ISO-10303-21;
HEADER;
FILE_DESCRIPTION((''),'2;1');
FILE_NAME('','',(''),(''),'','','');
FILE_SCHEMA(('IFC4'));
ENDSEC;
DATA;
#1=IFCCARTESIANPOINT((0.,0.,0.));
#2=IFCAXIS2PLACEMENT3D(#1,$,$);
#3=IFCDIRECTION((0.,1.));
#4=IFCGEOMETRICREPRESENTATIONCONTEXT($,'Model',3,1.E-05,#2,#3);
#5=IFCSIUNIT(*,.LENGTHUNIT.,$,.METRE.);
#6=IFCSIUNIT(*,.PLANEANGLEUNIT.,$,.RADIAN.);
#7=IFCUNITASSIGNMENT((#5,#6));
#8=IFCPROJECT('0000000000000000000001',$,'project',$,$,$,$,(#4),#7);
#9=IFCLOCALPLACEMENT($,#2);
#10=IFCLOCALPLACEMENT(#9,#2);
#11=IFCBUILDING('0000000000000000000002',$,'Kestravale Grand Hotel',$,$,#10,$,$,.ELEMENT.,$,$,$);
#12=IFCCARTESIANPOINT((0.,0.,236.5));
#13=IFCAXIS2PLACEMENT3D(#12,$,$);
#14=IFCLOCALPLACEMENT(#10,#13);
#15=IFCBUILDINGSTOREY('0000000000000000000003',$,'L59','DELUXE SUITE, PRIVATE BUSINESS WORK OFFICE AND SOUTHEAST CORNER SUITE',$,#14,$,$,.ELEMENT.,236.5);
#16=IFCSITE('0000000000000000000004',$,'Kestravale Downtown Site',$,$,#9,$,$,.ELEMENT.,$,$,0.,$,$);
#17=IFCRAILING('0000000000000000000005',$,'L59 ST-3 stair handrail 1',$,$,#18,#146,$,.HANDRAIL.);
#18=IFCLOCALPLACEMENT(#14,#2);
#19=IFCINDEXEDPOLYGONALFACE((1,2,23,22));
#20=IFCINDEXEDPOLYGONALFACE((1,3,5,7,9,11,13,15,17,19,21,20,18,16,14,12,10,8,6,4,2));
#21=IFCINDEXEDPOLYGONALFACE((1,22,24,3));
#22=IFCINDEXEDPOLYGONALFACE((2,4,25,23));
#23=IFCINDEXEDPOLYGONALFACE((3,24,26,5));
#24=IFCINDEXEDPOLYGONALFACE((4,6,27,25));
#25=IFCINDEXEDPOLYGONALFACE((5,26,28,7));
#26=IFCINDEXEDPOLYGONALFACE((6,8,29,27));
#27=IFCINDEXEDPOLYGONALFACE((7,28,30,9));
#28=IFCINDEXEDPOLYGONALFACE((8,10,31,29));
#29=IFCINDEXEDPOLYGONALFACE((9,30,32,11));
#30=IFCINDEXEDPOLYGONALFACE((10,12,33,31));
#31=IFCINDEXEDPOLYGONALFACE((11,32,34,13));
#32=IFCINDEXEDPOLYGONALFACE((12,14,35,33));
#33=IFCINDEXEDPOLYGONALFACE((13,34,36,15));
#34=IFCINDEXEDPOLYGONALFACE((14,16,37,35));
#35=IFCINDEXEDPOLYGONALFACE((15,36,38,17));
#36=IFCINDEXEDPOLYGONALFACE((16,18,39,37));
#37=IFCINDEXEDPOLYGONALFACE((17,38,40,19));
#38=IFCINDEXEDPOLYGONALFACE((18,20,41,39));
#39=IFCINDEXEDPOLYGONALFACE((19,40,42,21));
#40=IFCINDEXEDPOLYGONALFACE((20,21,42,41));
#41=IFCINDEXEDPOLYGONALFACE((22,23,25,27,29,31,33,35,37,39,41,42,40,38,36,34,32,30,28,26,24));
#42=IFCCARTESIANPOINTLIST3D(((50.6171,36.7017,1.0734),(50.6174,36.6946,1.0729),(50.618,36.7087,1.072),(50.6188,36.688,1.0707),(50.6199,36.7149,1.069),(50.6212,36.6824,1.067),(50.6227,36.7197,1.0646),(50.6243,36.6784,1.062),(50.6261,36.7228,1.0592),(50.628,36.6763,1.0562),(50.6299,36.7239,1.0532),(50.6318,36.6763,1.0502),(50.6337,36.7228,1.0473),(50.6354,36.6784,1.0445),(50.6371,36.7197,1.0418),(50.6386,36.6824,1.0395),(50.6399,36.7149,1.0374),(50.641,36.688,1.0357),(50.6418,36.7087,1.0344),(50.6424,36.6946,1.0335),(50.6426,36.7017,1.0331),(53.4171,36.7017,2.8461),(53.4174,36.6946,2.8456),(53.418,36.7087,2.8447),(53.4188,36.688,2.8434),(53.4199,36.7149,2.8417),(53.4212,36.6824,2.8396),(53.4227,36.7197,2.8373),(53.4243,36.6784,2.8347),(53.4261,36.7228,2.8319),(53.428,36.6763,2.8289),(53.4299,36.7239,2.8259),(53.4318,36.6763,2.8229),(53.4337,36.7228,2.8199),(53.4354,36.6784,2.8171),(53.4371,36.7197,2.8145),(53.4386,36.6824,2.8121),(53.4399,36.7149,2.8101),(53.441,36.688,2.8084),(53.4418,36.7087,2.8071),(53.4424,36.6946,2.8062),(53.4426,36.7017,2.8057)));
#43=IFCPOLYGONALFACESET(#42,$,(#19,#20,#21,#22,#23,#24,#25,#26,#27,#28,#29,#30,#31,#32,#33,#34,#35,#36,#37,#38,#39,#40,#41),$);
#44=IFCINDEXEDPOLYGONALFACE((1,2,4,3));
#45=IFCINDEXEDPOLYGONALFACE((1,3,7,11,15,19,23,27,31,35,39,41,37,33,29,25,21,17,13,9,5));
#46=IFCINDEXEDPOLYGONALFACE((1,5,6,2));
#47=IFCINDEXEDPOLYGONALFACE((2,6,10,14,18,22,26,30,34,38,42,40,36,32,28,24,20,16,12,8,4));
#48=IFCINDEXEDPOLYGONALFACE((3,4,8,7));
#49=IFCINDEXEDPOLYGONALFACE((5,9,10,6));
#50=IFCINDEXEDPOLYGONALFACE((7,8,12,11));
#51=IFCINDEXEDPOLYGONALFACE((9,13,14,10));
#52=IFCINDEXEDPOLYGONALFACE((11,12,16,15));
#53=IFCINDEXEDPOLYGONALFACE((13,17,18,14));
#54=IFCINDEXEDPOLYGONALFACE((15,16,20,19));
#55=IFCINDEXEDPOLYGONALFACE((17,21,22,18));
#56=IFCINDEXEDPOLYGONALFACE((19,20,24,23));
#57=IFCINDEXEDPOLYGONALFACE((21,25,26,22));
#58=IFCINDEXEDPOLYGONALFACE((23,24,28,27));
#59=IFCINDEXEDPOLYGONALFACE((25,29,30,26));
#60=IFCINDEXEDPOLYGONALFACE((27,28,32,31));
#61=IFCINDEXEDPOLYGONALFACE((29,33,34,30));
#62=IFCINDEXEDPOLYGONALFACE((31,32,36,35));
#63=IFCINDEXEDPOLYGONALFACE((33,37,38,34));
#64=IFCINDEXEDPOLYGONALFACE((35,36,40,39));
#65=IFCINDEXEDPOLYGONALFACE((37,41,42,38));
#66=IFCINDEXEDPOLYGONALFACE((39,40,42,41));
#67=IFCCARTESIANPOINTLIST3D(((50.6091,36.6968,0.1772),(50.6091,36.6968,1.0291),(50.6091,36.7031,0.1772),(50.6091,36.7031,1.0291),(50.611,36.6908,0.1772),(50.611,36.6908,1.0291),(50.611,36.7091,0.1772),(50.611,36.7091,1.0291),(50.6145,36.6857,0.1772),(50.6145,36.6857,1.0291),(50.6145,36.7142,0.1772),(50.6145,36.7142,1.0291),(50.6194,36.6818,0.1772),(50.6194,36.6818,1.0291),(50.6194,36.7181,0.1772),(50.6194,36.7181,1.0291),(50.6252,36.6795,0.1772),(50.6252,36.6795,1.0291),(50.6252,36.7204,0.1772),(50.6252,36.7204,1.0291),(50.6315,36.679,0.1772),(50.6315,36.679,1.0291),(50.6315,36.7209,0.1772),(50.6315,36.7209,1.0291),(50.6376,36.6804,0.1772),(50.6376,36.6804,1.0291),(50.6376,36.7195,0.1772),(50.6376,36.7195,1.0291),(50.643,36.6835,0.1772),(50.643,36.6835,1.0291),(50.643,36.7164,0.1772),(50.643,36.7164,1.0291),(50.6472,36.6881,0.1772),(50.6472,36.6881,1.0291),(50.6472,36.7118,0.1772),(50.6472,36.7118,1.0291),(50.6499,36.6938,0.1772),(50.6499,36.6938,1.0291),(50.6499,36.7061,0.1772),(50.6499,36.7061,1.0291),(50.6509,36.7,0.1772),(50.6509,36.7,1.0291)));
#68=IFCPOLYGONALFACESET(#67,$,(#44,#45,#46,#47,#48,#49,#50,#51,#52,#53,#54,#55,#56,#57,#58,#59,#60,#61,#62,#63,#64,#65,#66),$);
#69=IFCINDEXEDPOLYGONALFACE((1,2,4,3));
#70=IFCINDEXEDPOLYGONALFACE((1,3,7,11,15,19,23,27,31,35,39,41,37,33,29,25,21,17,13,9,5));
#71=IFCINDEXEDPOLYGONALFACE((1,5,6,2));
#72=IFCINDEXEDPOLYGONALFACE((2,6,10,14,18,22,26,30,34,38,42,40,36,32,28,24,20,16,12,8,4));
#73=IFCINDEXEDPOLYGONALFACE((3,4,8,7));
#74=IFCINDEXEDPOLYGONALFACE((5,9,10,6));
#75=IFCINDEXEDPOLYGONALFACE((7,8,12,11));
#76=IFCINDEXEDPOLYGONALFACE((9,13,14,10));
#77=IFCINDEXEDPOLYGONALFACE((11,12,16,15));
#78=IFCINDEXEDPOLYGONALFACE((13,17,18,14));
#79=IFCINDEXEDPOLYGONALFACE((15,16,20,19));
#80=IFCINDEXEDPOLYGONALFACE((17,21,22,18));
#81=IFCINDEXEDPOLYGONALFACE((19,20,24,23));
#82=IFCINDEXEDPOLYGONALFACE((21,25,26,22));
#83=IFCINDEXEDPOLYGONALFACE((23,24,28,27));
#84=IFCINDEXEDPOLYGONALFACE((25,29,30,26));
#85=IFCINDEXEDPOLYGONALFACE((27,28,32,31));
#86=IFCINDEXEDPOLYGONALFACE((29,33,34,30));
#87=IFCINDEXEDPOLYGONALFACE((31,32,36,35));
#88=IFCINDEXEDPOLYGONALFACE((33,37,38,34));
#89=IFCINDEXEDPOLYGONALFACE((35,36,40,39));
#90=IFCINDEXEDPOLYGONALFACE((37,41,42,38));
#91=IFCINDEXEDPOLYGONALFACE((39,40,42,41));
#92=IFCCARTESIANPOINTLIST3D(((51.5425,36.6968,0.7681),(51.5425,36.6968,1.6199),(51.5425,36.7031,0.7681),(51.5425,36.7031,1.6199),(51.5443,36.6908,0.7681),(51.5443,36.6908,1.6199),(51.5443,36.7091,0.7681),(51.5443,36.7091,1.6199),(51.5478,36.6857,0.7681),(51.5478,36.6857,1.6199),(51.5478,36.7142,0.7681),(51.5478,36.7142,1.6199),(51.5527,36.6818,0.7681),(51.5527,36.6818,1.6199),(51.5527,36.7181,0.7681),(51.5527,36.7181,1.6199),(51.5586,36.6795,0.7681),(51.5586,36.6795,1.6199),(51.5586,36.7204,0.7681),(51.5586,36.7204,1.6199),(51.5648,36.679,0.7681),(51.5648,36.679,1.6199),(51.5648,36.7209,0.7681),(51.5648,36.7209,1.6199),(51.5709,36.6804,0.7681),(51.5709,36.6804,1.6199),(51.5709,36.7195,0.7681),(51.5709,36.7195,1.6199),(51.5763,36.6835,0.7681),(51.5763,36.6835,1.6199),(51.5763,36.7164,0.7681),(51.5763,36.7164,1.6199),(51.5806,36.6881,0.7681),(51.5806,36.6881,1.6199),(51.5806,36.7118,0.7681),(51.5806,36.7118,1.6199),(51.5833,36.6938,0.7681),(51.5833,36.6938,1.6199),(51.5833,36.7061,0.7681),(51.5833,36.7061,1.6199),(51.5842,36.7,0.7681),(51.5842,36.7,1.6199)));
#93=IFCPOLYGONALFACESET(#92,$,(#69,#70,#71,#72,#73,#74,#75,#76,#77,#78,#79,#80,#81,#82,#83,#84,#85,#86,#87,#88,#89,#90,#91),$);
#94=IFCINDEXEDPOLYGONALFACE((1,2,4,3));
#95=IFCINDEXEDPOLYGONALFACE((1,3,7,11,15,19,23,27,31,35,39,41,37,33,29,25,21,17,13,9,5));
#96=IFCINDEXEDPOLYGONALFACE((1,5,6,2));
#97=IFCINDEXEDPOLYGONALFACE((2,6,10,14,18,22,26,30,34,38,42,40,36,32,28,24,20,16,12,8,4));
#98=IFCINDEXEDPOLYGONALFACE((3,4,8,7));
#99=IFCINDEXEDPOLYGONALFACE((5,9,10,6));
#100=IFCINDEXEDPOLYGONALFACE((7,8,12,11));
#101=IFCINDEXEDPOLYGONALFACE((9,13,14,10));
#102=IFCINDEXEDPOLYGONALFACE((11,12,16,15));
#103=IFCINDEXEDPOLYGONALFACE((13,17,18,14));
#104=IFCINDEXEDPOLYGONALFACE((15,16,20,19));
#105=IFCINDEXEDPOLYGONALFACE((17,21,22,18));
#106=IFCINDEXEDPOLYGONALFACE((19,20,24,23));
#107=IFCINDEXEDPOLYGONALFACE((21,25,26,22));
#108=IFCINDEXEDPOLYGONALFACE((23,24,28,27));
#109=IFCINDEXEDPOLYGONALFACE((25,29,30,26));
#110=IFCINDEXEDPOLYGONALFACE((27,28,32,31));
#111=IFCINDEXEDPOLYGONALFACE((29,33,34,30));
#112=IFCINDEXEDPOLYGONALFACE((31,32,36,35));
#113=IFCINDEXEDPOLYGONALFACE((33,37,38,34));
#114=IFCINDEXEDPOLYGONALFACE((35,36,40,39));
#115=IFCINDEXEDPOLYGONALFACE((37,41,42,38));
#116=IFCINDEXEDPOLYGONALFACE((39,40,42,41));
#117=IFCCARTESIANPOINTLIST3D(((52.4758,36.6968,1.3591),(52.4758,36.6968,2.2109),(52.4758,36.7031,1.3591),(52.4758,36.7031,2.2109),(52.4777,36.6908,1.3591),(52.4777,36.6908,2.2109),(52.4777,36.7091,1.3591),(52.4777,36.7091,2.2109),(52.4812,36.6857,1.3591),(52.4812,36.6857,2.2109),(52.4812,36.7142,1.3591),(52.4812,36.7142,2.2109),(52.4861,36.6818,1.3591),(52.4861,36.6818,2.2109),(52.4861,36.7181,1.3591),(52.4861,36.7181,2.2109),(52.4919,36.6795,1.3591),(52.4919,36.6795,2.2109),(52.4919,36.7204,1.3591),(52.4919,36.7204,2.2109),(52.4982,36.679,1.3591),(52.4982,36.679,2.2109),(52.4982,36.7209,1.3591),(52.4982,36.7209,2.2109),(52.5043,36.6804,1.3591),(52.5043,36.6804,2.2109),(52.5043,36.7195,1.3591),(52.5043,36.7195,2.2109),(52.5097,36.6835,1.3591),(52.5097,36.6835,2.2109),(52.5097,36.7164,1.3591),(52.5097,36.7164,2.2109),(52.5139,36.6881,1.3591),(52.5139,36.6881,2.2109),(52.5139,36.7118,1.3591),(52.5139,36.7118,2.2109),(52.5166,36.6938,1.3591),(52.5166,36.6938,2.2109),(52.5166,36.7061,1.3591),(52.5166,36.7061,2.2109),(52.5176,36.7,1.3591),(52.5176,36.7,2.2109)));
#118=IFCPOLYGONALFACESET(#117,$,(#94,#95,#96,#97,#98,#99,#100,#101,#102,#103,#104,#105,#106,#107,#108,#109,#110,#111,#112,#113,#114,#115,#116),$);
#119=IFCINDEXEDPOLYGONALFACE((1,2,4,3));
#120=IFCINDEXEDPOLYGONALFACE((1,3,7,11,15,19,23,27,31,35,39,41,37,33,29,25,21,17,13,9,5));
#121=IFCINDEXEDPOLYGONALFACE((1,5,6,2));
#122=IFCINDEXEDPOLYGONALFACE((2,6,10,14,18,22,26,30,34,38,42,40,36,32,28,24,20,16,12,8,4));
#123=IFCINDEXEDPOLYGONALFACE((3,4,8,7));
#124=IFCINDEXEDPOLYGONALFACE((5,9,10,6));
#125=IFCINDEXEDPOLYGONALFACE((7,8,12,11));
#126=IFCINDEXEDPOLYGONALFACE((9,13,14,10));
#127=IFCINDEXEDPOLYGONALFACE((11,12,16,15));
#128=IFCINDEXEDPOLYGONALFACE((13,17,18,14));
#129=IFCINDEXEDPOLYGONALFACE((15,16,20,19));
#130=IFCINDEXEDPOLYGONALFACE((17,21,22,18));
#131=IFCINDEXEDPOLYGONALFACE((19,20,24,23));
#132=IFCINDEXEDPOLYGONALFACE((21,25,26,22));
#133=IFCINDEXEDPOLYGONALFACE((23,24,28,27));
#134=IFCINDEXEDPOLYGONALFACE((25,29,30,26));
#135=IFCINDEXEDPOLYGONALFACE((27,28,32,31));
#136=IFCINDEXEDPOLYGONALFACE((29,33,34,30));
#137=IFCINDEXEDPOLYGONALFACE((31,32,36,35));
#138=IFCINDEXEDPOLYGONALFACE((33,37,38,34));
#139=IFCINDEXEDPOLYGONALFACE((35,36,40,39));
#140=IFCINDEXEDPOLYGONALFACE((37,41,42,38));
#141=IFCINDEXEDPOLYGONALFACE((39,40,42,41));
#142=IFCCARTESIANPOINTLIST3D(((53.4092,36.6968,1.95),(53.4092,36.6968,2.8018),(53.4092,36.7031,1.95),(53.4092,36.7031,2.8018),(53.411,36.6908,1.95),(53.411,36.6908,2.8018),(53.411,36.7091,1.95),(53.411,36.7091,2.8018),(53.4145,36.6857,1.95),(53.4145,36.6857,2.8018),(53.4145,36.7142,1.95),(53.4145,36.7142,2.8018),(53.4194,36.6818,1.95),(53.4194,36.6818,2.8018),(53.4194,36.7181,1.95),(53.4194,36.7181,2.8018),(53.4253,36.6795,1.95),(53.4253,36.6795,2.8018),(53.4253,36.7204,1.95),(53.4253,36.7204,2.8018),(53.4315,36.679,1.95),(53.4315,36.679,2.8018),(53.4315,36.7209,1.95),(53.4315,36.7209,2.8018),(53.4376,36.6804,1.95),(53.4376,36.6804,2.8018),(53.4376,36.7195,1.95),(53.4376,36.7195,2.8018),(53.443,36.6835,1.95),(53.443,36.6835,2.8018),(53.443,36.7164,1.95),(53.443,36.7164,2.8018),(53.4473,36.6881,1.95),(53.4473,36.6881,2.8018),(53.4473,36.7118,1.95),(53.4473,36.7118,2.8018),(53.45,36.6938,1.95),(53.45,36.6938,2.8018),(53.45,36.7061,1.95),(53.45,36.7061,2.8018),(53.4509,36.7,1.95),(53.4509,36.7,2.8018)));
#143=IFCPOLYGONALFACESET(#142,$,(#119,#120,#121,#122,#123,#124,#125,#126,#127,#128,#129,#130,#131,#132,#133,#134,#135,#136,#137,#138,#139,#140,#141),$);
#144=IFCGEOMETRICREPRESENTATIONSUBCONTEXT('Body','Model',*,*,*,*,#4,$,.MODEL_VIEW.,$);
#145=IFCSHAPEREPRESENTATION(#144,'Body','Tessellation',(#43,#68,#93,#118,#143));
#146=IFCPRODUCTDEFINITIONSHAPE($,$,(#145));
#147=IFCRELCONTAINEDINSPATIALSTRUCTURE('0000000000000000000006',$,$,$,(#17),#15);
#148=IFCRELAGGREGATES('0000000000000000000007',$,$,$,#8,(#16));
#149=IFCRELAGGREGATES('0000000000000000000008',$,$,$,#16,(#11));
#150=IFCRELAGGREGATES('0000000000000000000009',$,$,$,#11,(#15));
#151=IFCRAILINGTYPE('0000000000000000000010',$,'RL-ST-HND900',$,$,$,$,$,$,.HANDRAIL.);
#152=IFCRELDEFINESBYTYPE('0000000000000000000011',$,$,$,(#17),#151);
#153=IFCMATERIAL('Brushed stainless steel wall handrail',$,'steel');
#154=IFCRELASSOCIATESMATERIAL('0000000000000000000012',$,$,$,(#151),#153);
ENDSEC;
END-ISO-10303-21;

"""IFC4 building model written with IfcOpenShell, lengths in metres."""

from ifc_helpers import new_model, si_unit, direction, frame, origin, origin_2d, place, context, subcontext, project, spatial, circle, extrude, material, type_object, element, save


model = new_model("IFC4")

# Units and contexts
model_context = context("Model", 3, precision=1e-05, world=origin(), true_north=direction((0.0, 1.0)))
body_context = subcontext(model_context, "Body", "Model", "MODEL_VIEW")
ifc_project = project(units=[si_unit("LENGTHUNIT", "METRE"), si_unit("PLANEANGLEUNIT", "RADIAN")], contexts=[model_context])

# Site, building, storey
site_placement = place(None, origin())
site = spatial("IfcSite", under=ifc_project, at=site_placement, Name="Kestravale Downtown Site", CompositionType="ELEMENT", RefElevation=0.0)
building_placement = place(site_placement, origin())
building = spatial("IfcBuilding", under=site, at=building_placement, Name="Kestravale Grand Hotel", CompositionType="ELEMENT")
storey_placement = place(building_placement, frame((0.0, 0.0, 236.5)))
storey = spatial("IfcBuildingStorey", under=building, at=storey_placement, Name="L59", Description="DELUXE SUITE, PRIVATE BUSINESS WORK OFFICE AND SOUTHEAST CORNER SUITE", CompositionType="ELEMENT", Elevation=236.5)

# Railing
ifc_material_1 = material(Name="Brushed stainless steel wall handrail", Category="steel")
railing_type_1 = type_object("IfcRailingType", Name="RL-ST-HND900", PredefinedType="HANDRAIL", material=ifc_material_1)
railing_1_placement = place(storey_placement, frame((50.6299, 36.7, 0.1772)))
element("IfcRailing", 1, at=railing_1_placement, inside=storey, type_object=railing_type_1, Name="L59 ST-3 stair handrail 1", PredefinedType="HANDRAIL", context=body_context, shape_type="SweptSolid", body=[
    extrude(circle(Radius=0.0239, at=origin_2d()), frame((0.0, 0.0, 0.876), z_axis=(0.844909, 0.0, 0.53491), x_axis=(0.0, 1.0, 0.0)), (0.0, 0.0, 1.0), 3.314),
    extrude(circle(Radius=0.021, at=origin_2d()), origin(), (0.0, 0.0, 1.0), 0.8518),
    extrude(circle(Radius=0.021, at=origin_2d()), frame((0.9333, 0.0, 0.5908)), (0.0, 0.0, 1.0), 0.8518),
    extrude(circle(Radius=0.021, at=origin_2d()), frame((1.8667, 0.0, 1.1819)), (0.0, 0.0, 1.0), 0.8518),
    extrude(circle(Radius=0.021, at=origin_2d()), frame((2.8, 0.0, 1.7727)), (0.0, 0.0, 1.0), 0.8518),
])

save(model, "model.ifc")
